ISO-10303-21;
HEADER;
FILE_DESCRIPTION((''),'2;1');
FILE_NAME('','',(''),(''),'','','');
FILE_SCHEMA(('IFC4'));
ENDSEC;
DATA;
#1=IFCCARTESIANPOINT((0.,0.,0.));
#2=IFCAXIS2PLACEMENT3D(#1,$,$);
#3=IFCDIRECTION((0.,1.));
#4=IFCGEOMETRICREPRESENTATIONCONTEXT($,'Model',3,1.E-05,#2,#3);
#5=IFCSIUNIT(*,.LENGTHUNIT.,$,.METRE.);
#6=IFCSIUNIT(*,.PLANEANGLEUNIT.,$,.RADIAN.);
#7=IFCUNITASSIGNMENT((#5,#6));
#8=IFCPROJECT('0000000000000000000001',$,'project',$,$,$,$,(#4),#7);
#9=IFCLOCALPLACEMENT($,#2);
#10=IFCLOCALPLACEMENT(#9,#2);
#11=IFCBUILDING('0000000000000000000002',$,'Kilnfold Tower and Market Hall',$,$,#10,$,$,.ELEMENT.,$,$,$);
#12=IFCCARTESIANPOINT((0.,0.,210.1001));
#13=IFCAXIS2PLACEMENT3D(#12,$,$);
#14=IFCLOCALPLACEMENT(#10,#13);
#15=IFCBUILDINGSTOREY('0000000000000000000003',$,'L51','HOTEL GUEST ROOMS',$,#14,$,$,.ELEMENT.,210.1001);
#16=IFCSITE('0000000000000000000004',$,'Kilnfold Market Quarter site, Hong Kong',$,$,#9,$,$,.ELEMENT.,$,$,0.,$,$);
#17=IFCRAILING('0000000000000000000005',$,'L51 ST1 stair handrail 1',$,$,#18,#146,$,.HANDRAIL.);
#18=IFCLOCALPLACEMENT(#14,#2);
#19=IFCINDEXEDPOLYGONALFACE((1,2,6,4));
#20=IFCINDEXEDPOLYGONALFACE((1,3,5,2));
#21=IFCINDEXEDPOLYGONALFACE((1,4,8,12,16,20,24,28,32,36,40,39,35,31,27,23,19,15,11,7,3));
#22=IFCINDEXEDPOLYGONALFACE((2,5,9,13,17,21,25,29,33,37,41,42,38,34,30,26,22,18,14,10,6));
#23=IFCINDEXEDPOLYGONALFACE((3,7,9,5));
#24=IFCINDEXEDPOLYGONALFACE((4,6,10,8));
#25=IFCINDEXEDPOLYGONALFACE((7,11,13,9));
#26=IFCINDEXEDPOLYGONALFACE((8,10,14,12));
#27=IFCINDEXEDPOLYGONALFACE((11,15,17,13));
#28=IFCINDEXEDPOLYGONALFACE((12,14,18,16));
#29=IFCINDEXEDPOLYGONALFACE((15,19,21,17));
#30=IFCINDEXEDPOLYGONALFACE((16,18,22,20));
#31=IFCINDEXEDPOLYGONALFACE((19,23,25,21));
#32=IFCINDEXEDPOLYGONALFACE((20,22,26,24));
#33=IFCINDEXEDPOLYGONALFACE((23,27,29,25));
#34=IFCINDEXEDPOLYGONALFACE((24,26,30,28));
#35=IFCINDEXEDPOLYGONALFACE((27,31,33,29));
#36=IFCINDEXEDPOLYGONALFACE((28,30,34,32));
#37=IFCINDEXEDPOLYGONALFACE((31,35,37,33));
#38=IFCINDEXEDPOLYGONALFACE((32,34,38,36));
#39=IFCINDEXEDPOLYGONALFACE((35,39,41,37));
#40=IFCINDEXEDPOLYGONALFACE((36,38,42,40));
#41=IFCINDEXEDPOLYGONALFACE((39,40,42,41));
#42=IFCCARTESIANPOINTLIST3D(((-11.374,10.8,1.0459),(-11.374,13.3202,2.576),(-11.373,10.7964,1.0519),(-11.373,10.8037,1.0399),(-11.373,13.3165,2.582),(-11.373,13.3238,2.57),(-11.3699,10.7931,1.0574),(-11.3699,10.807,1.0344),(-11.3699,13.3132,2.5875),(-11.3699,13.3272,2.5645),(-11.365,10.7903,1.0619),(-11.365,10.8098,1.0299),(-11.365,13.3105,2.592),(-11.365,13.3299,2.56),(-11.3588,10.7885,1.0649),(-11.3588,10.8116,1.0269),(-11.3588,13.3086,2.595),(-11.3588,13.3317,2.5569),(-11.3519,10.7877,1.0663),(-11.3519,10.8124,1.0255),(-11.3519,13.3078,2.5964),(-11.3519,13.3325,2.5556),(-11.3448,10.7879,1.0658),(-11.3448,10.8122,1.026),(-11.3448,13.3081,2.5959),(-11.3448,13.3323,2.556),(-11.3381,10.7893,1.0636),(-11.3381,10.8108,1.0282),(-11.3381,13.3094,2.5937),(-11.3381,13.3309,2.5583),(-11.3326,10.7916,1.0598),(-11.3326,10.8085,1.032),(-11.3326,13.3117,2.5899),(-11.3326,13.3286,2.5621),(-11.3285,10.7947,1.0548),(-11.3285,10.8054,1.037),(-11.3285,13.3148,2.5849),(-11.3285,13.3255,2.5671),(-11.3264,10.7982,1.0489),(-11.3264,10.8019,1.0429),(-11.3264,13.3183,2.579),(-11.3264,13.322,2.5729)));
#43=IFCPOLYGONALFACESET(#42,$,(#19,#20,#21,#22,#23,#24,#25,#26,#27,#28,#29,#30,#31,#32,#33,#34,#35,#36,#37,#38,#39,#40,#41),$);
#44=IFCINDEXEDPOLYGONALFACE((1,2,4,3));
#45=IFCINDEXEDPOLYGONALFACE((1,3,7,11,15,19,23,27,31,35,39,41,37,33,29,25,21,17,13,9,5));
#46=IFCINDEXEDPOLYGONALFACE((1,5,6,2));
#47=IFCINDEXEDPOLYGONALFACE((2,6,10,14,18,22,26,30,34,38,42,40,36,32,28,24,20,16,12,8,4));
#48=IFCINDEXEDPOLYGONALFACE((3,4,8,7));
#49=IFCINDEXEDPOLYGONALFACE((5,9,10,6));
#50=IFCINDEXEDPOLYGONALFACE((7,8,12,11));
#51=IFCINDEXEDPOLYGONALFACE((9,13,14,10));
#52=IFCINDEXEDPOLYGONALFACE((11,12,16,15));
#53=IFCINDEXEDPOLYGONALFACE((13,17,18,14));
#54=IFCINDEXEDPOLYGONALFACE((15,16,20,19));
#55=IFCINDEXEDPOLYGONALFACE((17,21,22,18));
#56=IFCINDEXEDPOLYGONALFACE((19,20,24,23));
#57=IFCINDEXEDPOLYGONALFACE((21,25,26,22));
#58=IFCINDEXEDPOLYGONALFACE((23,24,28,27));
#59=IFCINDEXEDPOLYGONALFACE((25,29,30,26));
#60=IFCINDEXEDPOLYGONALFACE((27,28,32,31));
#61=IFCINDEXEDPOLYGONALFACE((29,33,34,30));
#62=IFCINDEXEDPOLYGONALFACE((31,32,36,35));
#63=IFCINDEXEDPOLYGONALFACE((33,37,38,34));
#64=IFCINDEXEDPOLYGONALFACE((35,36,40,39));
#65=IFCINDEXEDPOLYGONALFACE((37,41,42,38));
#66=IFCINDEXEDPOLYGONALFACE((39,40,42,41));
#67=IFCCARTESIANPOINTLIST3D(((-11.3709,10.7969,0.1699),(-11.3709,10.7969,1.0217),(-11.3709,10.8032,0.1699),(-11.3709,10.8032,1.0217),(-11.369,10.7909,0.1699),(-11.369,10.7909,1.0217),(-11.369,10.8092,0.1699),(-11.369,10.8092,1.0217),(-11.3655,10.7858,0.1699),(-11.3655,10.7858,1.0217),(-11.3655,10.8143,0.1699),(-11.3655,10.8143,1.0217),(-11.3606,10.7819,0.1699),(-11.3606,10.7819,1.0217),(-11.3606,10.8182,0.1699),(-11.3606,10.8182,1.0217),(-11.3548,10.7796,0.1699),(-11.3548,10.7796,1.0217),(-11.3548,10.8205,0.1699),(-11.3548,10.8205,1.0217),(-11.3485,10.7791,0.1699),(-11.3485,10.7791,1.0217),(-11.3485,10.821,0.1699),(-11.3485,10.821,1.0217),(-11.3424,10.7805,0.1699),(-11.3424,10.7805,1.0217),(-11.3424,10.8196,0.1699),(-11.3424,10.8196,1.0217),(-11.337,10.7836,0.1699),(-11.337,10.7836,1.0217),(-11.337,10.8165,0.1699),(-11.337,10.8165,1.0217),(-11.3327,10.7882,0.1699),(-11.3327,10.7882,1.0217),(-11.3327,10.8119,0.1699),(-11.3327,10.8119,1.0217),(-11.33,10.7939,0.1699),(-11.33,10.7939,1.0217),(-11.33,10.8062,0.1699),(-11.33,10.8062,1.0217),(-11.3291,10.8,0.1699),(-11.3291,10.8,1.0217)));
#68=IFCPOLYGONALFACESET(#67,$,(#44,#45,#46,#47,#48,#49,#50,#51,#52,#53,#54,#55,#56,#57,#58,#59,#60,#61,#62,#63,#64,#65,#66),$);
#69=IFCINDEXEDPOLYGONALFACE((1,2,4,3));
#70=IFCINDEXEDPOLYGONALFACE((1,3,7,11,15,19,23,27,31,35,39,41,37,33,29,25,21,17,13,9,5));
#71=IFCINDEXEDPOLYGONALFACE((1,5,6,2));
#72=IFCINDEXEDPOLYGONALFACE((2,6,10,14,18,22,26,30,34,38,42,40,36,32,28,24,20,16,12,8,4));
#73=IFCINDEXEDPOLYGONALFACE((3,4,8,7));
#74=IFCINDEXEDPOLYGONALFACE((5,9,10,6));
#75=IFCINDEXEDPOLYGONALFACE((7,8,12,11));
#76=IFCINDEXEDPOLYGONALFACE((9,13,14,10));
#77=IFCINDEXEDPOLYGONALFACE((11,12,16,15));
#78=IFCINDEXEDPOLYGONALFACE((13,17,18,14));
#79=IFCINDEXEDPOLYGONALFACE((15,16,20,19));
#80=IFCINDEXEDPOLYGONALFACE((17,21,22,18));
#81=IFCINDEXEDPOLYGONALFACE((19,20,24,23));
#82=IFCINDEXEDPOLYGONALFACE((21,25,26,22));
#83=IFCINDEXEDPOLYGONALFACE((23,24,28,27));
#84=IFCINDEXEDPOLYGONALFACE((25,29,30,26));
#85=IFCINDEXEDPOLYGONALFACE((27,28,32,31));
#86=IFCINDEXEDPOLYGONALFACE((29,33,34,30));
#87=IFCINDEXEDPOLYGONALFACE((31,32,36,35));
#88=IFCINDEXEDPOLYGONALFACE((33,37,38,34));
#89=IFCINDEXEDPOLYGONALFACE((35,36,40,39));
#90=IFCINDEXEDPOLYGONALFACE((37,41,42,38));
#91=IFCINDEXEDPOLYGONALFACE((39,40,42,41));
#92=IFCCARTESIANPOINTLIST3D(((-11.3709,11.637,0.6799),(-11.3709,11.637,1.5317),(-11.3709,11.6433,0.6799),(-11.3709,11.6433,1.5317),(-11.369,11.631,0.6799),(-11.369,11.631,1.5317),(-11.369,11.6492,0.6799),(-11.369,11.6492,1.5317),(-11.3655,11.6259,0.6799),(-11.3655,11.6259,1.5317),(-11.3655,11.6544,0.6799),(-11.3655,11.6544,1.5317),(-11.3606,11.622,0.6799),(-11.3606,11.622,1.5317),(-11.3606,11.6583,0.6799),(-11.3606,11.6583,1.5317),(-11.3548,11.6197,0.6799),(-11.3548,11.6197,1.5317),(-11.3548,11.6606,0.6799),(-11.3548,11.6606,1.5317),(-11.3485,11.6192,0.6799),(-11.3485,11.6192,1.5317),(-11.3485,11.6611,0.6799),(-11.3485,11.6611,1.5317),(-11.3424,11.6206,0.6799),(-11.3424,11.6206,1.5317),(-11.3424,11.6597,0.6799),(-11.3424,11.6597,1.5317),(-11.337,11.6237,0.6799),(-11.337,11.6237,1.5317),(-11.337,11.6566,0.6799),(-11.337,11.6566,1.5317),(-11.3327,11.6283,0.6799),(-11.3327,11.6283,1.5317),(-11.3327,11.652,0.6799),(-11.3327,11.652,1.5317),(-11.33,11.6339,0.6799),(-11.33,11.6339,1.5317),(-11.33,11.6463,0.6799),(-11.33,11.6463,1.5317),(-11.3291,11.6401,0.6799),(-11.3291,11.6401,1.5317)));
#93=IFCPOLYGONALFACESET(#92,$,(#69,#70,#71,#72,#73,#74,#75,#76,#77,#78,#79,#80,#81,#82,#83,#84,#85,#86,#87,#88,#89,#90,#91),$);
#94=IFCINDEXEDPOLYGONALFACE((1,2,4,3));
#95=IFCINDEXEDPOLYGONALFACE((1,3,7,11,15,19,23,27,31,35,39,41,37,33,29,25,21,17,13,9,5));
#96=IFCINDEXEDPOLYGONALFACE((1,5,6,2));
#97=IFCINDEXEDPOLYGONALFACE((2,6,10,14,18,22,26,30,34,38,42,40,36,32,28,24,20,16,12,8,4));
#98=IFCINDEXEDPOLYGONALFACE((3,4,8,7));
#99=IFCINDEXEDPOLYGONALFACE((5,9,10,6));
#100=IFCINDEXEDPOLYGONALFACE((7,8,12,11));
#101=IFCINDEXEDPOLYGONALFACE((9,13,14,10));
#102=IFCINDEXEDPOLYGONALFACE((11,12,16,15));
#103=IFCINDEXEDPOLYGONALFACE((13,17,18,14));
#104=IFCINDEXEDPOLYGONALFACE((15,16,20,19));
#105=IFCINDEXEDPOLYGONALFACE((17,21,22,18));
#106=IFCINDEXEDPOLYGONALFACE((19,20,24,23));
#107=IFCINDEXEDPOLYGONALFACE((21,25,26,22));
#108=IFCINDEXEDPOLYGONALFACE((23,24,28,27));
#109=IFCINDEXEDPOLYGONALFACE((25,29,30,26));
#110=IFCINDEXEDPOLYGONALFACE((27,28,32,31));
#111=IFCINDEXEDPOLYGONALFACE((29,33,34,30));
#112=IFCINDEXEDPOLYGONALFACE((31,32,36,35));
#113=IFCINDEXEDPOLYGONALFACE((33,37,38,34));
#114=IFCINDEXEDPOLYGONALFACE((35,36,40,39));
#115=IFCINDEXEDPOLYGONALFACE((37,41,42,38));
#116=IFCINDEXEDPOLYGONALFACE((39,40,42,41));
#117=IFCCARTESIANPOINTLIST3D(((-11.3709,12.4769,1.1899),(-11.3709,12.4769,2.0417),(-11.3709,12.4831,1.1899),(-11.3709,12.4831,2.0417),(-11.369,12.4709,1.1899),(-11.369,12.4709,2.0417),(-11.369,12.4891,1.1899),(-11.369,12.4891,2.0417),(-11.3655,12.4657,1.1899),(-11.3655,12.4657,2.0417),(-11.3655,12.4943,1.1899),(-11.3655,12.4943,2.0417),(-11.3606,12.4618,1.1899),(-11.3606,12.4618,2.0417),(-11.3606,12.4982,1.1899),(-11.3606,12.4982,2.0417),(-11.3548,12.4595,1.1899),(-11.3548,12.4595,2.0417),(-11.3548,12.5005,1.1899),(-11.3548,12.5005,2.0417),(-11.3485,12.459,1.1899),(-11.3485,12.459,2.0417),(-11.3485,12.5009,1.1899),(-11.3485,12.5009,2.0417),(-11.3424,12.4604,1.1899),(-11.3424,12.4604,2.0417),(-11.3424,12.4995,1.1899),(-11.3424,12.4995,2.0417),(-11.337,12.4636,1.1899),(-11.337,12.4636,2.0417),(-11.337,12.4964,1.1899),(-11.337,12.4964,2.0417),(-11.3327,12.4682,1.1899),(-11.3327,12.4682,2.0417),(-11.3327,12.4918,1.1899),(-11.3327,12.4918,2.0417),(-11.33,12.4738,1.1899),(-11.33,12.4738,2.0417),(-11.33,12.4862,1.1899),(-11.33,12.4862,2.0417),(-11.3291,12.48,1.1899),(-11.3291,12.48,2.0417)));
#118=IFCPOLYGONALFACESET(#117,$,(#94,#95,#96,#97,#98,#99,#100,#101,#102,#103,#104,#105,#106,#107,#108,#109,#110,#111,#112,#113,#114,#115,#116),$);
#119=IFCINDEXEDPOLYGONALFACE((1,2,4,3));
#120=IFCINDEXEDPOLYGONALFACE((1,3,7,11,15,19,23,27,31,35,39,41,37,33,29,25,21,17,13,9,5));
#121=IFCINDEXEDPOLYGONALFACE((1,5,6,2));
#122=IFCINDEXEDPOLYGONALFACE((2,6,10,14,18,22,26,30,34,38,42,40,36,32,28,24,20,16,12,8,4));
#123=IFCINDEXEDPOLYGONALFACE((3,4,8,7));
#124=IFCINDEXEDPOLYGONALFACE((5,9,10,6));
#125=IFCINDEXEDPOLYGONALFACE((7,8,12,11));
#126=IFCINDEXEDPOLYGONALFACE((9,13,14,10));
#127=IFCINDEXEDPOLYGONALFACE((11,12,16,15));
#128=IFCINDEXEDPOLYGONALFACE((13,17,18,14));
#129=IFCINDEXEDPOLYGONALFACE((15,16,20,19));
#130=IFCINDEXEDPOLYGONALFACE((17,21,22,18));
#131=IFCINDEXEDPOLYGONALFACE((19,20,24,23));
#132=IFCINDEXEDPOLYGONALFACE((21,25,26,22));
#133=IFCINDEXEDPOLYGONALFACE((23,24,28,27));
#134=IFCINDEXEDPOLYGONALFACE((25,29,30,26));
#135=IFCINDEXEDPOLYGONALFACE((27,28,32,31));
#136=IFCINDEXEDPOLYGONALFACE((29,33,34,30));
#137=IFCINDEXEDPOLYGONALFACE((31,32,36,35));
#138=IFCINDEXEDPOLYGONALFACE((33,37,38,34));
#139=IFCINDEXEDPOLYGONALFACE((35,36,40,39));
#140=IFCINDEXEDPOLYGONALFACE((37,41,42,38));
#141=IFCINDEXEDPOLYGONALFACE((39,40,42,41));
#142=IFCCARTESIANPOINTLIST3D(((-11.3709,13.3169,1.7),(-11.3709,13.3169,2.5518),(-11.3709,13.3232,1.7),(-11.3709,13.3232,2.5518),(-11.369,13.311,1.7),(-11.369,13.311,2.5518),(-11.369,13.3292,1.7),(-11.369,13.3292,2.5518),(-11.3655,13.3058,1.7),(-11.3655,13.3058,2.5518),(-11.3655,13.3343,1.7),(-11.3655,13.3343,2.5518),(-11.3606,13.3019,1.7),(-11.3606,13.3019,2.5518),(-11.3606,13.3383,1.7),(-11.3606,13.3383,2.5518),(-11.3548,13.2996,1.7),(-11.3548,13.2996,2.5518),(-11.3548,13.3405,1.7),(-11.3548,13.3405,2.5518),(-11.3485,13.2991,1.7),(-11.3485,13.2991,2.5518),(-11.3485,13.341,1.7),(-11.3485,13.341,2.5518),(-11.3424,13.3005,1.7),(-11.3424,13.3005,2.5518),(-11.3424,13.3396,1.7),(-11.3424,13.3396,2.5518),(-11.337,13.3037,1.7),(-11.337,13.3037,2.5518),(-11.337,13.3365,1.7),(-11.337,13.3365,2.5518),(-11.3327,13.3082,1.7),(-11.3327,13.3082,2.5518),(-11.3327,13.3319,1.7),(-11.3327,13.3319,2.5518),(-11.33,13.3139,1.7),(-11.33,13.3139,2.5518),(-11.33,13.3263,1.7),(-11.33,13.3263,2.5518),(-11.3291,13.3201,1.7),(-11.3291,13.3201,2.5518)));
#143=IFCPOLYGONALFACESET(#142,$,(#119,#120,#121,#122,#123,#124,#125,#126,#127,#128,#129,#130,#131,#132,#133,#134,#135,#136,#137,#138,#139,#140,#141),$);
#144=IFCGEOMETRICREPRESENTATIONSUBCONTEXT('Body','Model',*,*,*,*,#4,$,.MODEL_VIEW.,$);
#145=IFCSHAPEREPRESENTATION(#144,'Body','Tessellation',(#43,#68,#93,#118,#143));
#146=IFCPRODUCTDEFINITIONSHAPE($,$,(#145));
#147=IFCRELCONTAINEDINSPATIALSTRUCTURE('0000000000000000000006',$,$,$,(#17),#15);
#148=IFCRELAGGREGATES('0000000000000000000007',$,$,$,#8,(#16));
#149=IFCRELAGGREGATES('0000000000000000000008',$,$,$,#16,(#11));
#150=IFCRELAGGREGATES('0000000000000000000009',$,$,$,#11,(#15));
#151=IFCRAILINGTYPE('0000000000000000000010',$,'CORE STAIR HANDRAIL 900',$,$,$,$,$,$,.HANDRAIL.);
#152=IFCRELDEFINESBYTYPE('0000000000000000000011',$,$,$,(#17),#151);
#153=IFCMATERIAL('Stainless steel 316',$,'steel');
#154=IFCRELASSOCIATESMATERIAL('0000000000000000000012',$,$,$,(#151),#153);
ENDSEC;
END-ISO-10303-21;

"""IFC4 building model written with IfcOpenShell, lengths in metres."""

from ifc_helpers import new_model, si_unit, direction, frame, origin, origin_2d, place, context, subcontext, project, spatial, circle, extrude, material, type_object, element, save


model = new_model("IFC4")

# Units and contexts
model_context = context("Model", 3, precision=1e-05, world=origin(), true_north=direction((0.0, 1.0)))
body_context = subcontext(model_context, "Body", "Model", "MODEL_VIEW")
ifc_project = project(units=[si_unit("LENGTHUNIT", "METRE"), si_unit("PLANEANGLEUNIT", "RADIAN")], contexts=[model_context])

# Site, building, storey
site_placement = place(None, origin())
site = spatial("IfcSite", under=ifc_project, at=site_placement, Name="Kilnfold Market Quarter site, Hong Kong", CompositionType="ELEMENT", RefElevation=0.0)
building_placement = place(site_placement, origin())
building = spatial("IfcBuilding", under=site, at=building_placement, Name="Kilnfold Tower and Market Hall", CompositionType="ELEMENT")
storey_placement = place(building_placement, frame((0.0, 0.0, 210.1001)))
storey = spatial("IfcBuildingStorey", under=building, at=storey_placement, Name="L51", Description="HOTEL GUEST ROOMS", CompositionType="ELEMENT", Elevation=210.1001)

# Railing
ifc_material_1 = material(Name="Stainless steel 316", Category="steel")
railing_type_1 = type_object("IfcRailingType", Name="CORE STAIR HANDRAIL 900", PredefinedType="HANDRAIL", material=ifc_material_1)
railing_1_placement = place(storey_placement, frame((-11.3501, 10.8, 0.1699)))
element("IfcRailing", 1, at=railing_1_placement, inside=storey, type_object=railing_type_1, Name="L51 ST1 stair handrail 1", PredefinedType="HANDRAIL", context=body_context, shape_type="SweptSolid", body=[
    extrude(circle(Radius=0.0239, at=origin_2d()), frame((0.0, 0.0, 0.876), z_axis=(0.0, 0.854785, 0.518982), x_axis=(-1.0, 0.0, 0.0)), (0.0, 0.0, 1.0), 2.9482),
    extrude(circle(Radius=0.021, at=origin_2d()), origin(), (0.0, 0.0, 1.0), 0.8518),
    extrude(circle(Radius=0.021, at=origin_2d()), frame((0.0, 0.8401, 0.51)), (0.0, 0.0, 1.0), 0.8518),
    extrude(circle(Radius=0.021, at=origin_2d()), frame((0.0, 1.6799, 1.02)), (0.0, 0.0, 1.0), 0.8518),
    extrude(circle(Radius=0.021, at=origin_2d()), frame((0.0, 2.52, 1.53)), (0.0, 0.0, 1.0), 0.8518),
])

save(model, "model.ifc")
